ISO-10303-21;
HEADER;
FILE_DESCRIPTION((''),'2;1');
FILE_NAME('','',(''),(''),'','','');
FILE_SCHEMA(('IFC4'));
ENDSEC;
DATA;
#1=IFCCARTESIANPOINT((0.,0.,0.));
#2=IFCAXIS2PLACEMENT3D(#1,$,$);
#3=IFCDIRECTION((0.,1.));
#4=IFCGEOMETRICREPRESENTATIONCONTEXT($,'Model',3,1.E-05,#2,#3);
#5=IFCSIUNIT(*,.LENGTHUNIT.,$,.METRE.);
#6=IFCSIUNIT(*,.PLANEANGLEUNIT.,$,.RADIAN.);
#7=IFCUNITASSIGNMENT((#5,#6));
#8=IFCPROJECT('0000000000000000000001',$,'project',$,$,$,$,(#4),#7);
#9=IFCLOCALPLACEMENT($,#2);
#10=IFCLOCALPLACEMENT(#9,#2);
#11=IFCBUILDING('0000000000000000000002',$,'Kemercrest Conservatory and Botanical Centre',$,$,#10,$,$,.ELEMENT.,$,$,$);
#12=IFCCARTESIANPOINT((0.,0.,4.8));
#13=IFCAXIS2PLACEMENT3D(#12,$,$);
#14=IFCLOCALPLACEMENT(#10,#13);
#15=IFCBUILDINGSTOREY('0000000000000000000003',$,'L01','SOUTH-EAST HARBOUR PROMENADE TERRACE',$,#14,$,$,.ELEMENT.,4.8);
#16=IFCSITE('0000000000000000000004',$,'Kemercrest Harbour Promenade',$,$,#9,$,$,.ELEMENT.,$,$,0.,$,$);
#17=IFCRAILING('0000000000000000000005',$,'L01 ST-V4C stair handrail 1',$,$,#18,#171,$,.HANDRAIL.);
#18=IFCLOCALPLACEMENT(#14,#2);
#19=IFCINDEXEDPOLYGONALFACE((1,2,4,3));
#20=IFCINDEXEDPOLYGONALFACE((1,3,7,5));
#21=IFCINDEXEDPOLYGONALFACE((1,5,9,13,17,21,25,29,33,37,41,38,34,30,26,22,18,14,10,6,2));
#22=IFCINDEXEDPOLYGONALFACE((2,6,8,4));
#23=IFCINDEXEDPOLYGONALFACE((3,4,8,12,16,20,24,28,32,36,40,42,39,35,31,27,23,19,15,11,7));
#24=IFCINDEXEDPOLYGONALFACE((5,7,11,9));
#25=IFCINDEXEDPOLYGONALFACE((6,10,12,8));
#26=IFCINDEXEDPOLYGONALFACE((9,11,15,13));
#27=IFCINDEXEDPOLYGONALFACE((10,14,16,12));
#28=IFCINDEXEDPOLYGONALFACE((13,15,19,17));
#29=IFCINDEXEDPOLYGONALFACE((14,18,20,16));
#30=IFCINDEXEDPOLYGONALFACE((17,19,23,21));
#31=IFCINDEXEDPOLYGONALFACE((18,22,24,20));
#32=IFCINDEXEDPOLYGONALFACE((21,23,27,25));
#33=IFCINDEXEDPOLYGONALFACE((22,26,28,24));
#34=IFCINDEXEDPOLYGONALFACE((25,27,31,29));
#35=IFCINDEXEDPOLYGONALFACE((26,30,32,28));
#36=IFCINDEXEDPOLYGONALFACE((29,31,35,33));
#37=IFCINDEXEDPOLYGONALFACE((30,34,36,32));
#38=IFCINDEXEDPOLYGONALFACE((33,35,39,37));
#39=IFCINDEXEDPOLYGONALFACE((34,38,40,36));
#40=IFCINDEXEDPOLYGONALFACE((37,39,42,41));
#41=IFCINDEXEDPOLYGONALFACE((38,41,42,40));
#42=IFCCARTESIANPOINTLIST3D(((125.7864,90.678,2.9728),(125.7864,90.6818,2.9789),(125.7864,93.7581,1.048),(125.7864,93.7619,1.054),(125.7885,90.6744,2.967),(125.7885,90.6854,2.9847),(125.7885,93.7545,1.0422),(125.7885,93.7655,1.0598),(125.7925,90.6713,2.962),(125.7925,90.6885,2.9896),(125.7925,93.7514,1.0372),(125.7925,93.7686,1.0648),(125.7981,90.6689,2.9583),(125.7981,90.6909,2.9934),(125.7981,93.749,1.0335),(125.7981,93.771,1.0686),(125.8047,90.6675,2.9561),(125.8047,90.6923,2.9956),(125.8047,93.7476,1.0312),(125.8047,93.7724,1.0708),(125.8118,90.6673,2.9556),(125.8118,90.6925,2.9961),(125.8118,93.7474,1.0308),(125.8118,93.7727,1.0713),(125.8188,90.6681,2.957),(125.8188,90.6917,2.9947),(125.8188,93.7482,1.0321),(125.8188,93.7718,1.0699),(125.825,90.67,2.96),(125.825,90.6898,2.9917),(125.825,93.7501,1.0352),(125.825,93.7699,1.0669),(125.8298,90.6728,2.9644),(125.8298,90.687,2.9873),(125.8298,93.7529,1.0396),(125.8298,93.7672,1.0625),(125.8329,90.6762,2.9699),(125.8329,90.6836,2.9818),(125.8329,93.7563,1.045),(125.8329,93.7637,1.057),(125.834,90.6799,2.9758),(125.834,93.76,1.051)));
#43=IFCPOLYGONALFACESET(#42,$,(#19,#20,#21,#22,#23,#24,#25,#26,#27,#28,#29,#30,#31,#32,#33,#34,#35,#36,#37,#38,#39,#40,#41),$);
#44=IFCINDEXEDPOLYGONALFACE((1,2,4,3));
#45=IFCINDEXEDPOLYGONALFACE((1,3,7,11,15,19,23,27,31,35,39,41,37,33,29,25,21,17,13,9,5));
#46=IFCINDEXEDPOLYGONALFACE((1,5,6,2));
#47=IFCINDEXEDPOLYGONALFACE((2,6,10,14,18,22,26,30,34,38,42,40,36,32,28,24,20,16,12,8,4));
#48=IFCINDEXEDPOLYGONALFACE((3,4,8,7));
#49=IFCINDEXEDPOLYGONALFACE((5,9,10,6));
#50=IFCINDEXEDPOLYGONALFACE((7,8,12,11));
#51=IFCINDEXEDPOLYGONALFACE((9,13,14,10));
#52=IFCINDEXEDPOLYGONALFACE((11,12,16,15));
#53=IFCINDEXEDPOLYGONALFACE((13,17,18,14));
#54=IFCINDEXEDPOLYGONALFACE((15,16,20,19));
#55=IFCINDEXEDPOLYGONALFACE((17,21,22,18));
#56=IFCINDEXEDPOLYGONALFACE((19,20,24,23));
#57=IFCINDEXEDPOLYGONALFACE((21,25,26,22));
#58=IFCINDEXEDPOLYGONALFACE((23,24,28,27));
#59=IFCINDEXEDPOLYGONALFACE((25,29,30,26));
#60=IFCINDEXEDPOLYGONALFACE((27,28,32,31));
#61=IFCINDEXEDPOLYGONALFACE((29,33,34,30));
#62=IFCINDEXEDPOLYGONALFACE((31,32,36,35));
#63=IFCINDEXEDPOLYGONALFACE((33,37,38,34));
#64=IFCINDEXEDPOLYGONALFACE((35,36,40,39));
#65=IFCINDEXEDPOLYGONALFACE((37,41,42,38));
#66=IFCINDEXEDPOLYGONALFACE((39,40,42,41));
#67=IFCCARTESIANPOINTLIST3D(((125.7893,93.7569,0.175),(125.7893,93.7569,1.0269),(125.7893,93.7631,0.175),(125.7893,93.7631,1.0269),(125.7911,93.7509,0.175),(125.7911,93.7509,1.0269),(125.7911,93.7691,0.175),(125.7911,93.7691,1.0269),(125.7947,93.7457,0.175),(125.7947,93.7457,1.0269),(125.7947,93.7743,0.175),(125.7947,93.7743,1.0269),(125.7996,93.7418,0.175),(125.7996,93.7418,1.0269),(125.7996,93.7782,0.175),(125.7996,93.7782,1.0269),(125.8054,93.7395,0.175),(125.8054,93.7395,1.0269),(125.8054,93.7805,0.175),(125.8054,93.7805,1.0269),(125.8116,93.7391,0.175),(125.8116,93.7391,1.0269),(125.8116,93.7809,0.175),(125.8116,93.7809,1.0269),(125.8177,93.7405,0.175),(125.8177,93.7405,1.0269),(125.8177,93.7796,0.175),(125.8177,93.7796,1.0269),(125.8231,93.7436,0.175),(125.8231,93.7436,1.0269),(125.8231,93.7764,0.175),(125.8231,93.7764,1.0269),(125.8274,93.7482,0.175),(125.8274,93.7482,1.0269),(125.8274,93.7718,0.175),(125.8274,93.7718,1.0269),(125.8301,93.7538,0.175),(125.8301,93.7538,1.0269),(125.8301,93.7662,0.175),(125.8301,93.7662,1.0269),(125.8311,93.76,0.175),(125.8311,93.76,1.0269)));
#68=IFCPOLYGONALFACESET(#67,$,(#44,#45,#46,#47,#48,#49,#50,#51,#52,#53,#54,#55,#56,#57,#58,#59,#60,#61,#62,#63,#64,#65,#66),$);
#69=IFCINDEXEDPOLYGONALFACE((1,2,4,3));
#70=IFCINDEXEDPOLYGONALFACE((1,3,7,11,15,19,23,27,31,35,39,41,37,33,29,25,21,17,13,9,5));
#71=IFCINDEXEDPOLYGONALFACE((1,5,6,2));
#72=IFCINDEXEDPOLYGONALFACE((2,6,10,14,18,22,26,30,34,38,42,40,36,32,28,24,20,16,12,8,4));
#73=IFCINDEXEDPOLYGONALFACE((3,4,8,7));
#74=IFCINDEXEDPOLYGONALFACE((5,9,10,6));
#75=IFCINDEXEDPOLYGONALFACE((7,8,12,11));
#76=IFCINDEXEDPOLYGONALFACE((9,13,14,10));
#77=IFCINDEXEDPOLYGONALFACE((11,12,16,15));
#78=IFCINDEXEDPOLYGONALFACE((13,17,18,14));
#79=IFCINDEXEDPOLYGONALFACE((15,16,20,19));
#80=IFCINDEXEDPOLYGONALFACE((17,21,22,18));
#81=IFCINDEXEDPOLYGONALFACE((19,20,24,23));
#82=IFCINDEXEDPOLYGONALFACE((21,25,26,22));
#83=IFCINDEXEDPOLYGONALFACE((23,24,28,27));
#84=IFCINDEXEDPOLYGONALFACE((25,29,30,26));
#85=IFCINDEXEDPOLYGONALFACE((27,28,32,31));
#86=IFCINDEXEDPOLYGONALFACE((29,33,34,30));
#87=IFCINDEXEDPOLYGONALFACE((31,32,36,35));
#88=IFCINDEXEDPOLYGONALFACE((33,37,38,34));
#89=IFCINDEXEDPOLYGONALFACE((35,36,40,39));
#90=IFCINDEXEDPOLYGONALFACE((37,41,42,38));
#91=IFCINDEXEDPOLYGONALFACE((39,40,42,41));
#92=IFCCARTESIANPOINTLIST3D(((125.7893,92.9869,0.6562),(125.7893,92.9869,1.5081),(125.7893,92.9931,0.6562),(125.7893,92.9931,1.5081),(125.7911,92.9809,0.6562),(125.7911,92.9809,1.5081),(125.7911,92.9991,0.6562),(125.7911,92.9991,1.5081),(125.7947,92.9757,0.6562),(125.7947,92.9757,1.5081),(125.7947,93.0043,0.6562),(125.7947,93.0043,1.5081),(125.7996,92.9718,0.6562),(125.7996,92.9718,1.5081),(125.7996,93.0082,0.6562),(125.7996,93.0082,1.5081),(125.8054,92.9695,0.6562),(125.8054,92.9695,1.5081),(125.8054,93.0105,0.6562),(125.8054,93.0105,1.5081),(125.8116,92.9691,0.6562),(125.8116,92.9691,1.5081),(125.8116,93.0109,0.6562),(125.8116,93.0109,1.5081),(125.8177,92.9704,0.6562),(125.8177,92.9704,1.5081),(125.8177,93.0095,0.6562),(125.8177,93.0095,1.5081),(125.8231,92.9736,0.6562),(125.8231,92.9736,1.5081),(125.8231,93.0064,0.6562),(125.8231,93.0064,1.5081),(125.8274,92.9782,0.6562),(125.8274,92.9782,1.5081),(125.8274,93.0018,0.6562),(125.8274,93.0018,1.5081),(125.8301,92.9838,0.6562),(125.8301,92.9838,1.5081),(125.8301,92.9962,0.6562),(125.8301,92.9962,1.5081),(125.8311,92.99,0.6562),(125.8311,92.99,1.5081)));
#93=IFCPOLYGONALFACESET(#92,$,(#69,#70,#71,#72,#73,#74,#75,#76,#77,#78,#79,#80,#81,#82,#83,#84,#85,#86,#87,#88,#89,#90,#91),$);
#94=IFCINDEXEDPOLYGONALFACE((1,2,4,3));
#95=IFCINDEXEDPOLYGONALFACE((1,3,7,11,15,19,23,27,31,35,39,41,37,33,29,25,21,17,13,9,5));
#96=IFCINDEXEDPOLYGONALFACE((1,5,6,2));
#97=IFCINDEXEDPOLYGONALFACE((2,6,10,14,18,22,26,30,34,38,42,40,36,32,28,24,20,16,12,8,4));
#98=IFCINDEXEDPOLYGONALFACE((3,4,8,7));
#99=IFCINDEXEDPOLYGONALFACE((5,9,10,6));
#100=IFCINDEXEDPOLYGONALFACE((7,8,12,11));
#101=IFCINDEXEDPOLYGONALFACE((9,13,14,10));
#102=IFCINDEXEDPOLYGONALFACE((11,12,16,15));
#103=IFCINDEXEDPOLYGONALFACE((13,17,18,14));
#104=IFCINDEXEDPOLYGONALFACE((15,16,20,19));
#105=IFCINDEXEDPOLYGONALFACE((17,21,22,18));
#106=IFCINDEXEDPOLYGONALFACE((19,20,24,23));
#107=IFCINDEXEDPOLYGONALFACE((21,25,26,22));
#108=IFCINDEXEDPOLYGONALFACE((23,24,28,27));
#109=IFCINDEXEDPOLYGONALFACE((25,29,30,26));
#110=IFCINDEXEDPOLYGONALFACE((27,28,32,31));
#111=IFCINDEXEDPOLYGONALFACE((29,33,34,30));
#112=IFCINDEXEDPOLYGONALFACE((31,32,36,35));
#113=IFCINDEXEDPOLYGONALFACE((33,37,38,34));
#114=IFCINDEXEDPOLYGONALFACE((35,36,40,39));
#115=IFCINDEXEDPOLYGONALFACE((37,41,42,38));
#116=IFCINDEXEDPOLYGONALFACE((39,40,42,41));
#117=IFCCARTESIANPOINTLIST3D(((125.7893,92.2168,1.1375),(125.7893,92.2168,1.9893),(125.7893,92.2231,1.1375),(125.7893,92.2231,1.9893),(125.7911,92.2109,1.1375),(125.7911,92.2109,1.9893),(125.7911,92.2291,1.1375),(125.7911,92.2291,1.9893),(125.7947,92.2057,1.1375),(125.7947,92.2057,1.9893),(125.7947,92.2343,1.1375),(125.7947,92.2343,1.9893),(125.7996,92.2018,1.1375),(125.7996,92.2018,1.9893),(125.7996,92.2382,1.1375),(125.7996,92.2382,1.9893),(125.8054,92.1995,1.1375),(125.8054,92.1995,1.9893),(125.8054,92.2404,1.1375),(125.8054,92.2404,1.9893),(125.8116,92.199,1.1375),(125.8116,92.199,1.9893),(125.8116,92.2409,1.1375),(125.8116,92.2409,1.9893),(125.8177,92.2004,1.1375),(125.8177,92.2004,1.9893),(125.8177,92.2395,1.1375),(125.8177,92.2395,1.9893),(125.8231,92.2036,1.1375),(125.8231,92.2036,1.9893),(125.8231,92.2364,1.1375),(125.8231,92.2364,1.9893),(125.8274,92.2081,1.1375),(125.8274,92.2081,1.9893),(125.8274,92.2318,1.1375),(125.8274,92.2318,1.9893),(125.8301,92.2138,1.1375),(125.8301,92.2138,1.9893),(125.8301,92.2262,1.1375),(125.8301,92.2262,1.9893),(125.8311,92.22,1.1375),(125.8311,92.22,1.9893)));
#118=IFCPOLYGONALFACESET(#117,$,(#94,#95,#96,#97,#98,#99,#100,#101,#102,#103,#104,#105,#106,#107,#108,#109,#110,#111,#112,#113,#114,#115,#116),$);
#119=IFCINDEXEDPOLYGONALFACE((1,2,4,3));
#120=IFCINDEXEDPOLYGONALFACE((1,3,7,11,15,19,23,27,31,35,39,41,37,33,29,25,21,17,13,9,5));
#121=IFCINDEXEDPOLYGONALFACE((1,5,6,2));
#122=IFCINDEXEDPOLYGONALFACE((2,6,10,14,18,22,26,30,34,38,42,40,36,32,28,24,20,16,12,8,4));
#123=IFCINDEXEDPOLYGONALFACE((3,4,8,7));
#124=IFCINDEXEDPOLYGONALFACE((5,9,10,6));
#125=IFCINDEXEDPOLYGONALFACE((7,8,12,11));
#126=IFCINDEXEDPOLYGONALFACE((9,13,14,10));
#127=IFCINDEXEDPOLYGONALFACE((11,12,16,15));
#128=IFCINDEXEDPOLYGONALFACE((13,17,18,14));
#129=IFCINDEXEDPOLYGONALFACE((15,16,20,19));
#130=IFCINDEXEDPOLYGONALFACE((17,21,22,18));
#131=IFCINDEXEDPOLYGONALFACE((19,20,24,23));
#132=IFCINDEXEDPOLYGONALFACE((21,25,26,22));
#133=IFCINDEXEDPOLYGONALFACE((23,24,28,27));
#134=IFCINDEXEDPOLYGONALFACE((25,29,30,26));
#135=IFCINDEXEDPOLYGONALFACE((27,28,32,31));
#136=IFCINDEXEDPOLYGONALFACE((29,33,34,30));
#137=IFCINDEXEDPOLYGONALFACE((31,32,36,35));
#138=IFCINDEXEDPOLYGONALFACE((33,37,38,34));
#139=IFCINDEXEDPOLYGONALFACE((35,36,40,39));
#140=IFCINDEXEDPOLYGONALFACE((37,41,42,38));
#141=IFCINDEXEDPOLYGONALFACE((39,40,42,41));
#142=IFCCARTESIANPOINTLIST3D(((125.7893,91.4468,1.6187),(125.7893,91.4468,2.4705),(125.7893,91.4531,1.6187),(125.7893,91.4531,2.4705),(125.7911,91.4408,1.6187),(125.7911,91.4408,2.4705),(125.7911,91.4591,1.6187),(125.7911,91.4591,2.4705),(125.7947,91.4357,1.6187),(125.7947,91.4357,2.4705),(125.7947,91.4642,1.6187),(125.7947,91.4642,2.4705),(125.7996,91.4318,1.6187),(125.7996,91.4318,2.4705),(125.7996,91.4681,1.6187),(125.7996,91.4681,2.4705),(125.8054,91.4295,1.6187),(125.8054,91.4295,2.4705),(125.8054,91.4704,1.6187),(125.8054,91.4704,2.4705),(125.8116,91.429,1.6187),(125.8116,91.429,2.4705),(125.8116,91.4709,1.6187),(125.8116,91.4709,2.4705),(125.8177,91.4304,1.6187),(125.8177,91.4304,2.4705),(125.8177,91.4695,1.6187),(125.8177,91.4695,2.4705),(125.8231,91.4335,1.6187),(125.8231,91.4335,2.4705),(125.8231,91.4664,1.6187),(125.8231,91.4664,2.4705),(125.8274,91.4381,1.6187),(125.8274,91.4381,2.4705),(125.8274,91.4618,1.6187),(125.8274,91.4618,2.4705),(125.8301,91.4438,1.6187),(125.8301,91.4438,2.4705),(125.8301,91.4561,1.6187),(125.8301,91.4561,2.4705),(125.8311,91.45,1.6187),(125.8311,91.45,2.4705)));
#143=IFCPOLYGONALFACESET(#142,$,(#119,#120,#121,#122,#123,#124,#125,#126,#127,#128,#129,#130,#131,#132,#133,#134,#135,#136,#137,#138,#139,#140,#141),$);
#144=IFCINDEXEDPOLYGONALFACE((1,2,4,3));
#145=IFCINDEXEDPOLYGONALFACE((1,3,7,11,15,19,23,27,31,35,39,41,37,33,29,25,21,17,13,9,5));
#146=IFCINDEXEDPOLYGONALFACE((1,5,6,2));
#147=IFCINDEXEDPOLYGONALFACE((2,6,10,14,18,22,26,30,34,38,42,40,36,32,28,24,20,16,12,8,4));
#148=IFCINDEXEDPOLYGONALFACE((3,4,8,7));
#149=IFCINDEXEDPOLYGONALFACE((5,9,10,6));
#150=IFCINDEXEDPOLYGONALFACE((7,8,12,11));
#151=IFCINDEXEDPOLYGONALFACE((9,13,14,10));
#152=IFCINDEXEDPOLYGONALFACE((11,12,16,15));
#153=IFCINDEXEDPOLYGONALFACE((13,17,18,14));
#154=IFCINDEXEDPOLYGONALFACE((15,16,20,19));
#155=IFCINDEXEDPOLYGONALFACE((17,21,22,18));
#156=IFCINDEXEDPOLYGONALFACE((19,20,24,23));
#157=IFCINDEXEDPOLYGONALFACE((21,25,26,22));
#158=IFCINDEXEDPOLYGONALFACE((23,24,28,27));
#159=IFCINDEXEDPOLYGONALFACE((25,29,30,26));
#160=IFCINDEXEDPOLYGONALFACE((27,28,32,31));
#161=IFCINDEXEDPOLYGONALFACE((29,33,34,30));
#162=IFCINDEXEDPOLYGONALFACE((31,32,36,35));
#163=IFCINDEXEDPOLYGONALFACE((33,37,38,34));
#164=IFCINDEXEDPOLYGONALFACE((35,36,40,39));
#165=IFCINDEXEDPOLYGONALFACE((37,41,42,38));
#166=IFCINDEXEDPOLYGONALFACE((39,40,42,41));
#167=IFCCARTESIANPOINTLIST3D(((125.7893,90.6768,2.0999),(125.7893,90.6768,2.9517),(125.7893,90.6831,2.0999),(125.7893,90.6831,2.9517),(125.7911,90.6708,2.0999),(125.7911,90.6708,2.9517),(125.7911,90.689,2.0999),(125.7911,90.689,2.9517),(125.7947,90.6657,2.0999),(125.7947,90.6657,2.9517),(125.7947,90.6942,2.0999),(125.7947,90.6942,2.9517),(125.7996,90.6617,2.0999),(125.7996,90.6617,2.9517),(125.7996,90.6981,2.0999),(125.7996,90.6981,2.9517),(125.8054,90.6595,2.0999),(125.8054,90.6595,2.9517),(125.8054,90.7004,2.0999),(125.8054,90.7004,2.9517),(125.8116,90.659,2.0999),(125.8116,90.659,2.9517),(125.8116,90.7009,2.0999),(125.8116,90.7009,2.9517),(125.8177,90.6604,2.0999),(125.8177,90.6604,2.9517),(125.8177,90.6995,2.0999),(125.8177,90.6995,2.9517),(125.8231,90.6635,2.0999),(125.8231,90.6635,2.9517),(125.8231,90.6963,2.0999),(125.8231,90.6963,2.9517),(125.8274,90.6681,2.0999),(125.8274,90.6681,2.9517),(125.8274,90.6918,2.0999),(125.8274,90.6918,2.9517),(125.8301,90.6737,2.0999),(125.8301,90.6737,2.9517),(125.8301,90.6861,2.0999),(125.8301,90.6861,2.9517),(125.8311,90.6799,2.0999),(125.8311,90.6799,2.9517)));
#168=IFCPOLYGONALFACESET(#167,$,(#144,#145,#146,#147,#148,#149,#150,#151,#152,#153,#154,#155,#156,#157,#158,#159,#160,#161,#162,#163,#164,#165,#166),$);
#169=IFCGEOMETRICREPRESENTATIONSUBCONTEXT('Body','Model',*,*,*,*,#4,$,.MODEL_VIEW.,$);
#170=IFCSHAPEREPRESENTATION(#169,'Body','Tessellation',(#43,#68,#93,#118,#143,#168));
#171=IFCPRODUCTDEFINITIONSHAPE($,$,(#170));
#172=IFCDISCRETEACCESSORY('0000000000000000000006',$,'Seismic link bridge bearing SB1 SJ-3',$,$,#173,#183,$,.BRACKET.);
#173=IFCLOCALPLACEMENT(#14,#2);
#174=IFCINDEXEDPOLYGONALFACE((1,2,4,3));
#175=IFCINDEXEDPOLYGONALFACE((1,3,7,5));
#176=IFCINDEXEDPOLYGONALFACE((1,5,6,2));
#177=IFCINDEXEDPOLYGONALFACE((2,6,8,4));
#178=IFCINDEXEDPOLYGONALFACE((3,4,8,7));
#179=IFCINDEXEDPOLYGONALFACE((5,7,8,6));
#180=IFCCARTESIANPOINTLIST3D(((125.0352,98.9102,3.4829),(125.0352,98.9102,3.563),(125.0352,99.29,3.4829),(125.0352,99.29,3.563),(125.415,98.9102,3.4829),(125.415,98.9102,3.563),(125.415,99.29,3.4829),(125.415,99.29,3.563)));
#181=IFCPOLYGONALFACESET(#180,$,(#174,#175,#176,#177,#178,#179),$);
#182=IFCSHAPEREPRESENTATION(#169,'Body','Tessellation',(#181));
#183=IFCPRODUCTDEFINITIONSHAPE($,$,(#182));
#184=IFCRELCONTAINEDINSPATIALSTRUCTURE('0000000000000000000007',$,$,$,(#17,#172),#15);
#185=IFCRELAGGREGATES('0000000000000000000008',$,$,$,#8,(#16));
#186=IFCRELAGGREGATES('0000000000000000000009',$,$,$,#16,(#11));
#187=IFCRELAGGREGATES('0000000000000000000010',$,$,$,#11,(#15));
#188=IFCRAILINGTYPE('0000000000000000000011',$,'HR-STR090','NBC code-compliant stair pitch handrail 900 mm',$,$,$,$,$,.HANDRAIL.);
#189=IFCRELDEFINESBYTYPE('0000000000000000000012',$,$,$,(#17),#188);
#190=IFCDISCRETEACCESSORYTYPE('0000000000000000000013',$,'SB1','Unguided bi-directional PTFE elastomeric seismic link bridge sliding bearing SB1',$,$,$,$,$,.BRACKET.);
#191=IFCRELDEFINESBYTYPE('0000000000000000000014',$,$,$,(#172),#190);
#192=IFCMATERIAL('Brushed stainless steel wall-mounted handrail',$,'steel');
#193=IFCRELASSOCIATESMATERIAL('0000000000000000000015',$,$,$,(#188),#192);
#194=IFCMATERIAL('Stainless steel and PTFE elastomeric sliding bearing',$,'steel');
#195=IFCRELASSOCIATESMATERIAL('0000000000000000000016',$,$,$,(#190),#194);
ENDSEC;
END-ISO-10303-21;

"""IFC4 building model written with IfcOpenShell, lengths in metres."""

from ifc_helpers import new_model, si_unit, direction, frame, origin, origin_2d, place, context, subcontext, project, spatial, rectangle, circle, extrude, material, type_object, element, save


model = new_model("IFC4")

# Units and contexts
model_context = context("Model", 3, precision=1e-05, world=origin(), true_north=direction((0.0, 1.0)))
body_context = subcontext(model_context, "Body", "Model", "MODEL_VIEW")
ifc_project = project(units=[si_unit("LENGTHUNIT", "METRE"), si_unit("PLANEANGLEUNIT", "RADIAN")], contexts=[model_context])

# Site, building, storey
site_placement = place(None, origin())
site = spatial("IfcSite", under=ifc_project, at=site_placement, Name="Kemercrest Harbour Promenade", CompositionType="ELEMENT", RefElevation=0.0)
building_placement = place(site_placement, origin())
building = spatial("IfcBuilding", under=site, at=building_placement, Name="Kemercrest Conservatory and Botanical Centre", CompositionType="ELEMENT")
storey_placement = place(building_placement, frame((0.0, 0.0, 4.8)))
storey = spatial("IfcBuildingStorey", under=building, at=storey_placement, Name="L01", Description="SOUTH-EAST HARBOUR PROMENADE TERRACE", CompositionType="ELEMENT", Elevation=4.8)

# Railing
ifc_material_1 = material(Name="Brushed stainless steel wall-mounted handrail", Category="steel")
railing_type = type_object("IfcRailingType", Name="HR-STR090", Description="NBC code-compliant stair pitch handrail 900 mm", PredefinedType="HANDRAIL", material=ifc_material_1)
railing_placement = place(storey_placement, frame((125.8101, 93.76, 0.175)))
element("IfcRailing", 1, at=railing_placement, inside=storey, type_object=railing_type, Name="L01 ST-V4C stair handrail 1", PredefinedType="HANDRAIL", context=body_context, shape_type="SweptSolid", body=[
    extrude(circle(Radius=0.0239, at=origin_2d()), frame((0.0, 0.0, 0.876), z_axis=(0.0, -0.848029, 0.529951), x_axis=(1.0, 0.0, 0.0)), (0.0, 0.0, 1.0), 3.6321),
    extrude(circle(Radius=0.021, at=origin_2d()), origin(), (0.0, 0.0, 1.0), 0.8518),
    extrude(circle(Radius=0.021, at=origin_2d()), frame((0.0, -0.77, 0.4812)), (0.0, 0.0, 1.0), 0.8518),
    extrude(circle(Radius=0.021, at=origin_2d()), frame((0.0, -1.54, 0.9624)), (0.0, 0.0, 1.0), 0.8518),
    extrude(circle(Radius=0.021, at=origin_2d()), frame((0.0, -2.3101, 1.4436)), (0.0, 0.0, 1.0), 0.8518),
    extrude(circle(Radius=0.021, at=origin_2d()), frame((0.0, -3.0801, 1.9248)), (0.0, 0.0, 1.0), 0.8518),
])

# Discrete accessory
ifc_material_2 = material(Name="Stainless steel and PTFE elastomeric sliding bearing", Category="steel")
discrete_accessory_type = type_object("IfcDiscreteAccessoryType", Name="SB1", Description="Unguided bi-directional PTFE elastomeric seismic link bridge sliding bearing SB1", PredefinedType="BRACKET", material=ifc_material_2)
discrete_accessory_placement = place(storey_placement, frame((125.2251, 99.1001, 3.4829), z_axis=(0.0, 0.0, 1.0), x_axis=(1.0, 0.0, 0.0)))
element("IfcDiscreteAccessory", 2, at=discrete_accessory_placement, inside=storey, type_object=discrete_accessory_type, Name="Seismic link bridge bearing SB1 SJ-3", PredefinedType="BRACKET", context=body_context, shape_type="SweptSolid", body=[
    extrude(rectangle(XDim=0.3799, YDim=0.3799, at=origin_2d()), origin(), (0.0, 0.0, 1.0), 0.0801),
])

save(model, "model.ifc")
